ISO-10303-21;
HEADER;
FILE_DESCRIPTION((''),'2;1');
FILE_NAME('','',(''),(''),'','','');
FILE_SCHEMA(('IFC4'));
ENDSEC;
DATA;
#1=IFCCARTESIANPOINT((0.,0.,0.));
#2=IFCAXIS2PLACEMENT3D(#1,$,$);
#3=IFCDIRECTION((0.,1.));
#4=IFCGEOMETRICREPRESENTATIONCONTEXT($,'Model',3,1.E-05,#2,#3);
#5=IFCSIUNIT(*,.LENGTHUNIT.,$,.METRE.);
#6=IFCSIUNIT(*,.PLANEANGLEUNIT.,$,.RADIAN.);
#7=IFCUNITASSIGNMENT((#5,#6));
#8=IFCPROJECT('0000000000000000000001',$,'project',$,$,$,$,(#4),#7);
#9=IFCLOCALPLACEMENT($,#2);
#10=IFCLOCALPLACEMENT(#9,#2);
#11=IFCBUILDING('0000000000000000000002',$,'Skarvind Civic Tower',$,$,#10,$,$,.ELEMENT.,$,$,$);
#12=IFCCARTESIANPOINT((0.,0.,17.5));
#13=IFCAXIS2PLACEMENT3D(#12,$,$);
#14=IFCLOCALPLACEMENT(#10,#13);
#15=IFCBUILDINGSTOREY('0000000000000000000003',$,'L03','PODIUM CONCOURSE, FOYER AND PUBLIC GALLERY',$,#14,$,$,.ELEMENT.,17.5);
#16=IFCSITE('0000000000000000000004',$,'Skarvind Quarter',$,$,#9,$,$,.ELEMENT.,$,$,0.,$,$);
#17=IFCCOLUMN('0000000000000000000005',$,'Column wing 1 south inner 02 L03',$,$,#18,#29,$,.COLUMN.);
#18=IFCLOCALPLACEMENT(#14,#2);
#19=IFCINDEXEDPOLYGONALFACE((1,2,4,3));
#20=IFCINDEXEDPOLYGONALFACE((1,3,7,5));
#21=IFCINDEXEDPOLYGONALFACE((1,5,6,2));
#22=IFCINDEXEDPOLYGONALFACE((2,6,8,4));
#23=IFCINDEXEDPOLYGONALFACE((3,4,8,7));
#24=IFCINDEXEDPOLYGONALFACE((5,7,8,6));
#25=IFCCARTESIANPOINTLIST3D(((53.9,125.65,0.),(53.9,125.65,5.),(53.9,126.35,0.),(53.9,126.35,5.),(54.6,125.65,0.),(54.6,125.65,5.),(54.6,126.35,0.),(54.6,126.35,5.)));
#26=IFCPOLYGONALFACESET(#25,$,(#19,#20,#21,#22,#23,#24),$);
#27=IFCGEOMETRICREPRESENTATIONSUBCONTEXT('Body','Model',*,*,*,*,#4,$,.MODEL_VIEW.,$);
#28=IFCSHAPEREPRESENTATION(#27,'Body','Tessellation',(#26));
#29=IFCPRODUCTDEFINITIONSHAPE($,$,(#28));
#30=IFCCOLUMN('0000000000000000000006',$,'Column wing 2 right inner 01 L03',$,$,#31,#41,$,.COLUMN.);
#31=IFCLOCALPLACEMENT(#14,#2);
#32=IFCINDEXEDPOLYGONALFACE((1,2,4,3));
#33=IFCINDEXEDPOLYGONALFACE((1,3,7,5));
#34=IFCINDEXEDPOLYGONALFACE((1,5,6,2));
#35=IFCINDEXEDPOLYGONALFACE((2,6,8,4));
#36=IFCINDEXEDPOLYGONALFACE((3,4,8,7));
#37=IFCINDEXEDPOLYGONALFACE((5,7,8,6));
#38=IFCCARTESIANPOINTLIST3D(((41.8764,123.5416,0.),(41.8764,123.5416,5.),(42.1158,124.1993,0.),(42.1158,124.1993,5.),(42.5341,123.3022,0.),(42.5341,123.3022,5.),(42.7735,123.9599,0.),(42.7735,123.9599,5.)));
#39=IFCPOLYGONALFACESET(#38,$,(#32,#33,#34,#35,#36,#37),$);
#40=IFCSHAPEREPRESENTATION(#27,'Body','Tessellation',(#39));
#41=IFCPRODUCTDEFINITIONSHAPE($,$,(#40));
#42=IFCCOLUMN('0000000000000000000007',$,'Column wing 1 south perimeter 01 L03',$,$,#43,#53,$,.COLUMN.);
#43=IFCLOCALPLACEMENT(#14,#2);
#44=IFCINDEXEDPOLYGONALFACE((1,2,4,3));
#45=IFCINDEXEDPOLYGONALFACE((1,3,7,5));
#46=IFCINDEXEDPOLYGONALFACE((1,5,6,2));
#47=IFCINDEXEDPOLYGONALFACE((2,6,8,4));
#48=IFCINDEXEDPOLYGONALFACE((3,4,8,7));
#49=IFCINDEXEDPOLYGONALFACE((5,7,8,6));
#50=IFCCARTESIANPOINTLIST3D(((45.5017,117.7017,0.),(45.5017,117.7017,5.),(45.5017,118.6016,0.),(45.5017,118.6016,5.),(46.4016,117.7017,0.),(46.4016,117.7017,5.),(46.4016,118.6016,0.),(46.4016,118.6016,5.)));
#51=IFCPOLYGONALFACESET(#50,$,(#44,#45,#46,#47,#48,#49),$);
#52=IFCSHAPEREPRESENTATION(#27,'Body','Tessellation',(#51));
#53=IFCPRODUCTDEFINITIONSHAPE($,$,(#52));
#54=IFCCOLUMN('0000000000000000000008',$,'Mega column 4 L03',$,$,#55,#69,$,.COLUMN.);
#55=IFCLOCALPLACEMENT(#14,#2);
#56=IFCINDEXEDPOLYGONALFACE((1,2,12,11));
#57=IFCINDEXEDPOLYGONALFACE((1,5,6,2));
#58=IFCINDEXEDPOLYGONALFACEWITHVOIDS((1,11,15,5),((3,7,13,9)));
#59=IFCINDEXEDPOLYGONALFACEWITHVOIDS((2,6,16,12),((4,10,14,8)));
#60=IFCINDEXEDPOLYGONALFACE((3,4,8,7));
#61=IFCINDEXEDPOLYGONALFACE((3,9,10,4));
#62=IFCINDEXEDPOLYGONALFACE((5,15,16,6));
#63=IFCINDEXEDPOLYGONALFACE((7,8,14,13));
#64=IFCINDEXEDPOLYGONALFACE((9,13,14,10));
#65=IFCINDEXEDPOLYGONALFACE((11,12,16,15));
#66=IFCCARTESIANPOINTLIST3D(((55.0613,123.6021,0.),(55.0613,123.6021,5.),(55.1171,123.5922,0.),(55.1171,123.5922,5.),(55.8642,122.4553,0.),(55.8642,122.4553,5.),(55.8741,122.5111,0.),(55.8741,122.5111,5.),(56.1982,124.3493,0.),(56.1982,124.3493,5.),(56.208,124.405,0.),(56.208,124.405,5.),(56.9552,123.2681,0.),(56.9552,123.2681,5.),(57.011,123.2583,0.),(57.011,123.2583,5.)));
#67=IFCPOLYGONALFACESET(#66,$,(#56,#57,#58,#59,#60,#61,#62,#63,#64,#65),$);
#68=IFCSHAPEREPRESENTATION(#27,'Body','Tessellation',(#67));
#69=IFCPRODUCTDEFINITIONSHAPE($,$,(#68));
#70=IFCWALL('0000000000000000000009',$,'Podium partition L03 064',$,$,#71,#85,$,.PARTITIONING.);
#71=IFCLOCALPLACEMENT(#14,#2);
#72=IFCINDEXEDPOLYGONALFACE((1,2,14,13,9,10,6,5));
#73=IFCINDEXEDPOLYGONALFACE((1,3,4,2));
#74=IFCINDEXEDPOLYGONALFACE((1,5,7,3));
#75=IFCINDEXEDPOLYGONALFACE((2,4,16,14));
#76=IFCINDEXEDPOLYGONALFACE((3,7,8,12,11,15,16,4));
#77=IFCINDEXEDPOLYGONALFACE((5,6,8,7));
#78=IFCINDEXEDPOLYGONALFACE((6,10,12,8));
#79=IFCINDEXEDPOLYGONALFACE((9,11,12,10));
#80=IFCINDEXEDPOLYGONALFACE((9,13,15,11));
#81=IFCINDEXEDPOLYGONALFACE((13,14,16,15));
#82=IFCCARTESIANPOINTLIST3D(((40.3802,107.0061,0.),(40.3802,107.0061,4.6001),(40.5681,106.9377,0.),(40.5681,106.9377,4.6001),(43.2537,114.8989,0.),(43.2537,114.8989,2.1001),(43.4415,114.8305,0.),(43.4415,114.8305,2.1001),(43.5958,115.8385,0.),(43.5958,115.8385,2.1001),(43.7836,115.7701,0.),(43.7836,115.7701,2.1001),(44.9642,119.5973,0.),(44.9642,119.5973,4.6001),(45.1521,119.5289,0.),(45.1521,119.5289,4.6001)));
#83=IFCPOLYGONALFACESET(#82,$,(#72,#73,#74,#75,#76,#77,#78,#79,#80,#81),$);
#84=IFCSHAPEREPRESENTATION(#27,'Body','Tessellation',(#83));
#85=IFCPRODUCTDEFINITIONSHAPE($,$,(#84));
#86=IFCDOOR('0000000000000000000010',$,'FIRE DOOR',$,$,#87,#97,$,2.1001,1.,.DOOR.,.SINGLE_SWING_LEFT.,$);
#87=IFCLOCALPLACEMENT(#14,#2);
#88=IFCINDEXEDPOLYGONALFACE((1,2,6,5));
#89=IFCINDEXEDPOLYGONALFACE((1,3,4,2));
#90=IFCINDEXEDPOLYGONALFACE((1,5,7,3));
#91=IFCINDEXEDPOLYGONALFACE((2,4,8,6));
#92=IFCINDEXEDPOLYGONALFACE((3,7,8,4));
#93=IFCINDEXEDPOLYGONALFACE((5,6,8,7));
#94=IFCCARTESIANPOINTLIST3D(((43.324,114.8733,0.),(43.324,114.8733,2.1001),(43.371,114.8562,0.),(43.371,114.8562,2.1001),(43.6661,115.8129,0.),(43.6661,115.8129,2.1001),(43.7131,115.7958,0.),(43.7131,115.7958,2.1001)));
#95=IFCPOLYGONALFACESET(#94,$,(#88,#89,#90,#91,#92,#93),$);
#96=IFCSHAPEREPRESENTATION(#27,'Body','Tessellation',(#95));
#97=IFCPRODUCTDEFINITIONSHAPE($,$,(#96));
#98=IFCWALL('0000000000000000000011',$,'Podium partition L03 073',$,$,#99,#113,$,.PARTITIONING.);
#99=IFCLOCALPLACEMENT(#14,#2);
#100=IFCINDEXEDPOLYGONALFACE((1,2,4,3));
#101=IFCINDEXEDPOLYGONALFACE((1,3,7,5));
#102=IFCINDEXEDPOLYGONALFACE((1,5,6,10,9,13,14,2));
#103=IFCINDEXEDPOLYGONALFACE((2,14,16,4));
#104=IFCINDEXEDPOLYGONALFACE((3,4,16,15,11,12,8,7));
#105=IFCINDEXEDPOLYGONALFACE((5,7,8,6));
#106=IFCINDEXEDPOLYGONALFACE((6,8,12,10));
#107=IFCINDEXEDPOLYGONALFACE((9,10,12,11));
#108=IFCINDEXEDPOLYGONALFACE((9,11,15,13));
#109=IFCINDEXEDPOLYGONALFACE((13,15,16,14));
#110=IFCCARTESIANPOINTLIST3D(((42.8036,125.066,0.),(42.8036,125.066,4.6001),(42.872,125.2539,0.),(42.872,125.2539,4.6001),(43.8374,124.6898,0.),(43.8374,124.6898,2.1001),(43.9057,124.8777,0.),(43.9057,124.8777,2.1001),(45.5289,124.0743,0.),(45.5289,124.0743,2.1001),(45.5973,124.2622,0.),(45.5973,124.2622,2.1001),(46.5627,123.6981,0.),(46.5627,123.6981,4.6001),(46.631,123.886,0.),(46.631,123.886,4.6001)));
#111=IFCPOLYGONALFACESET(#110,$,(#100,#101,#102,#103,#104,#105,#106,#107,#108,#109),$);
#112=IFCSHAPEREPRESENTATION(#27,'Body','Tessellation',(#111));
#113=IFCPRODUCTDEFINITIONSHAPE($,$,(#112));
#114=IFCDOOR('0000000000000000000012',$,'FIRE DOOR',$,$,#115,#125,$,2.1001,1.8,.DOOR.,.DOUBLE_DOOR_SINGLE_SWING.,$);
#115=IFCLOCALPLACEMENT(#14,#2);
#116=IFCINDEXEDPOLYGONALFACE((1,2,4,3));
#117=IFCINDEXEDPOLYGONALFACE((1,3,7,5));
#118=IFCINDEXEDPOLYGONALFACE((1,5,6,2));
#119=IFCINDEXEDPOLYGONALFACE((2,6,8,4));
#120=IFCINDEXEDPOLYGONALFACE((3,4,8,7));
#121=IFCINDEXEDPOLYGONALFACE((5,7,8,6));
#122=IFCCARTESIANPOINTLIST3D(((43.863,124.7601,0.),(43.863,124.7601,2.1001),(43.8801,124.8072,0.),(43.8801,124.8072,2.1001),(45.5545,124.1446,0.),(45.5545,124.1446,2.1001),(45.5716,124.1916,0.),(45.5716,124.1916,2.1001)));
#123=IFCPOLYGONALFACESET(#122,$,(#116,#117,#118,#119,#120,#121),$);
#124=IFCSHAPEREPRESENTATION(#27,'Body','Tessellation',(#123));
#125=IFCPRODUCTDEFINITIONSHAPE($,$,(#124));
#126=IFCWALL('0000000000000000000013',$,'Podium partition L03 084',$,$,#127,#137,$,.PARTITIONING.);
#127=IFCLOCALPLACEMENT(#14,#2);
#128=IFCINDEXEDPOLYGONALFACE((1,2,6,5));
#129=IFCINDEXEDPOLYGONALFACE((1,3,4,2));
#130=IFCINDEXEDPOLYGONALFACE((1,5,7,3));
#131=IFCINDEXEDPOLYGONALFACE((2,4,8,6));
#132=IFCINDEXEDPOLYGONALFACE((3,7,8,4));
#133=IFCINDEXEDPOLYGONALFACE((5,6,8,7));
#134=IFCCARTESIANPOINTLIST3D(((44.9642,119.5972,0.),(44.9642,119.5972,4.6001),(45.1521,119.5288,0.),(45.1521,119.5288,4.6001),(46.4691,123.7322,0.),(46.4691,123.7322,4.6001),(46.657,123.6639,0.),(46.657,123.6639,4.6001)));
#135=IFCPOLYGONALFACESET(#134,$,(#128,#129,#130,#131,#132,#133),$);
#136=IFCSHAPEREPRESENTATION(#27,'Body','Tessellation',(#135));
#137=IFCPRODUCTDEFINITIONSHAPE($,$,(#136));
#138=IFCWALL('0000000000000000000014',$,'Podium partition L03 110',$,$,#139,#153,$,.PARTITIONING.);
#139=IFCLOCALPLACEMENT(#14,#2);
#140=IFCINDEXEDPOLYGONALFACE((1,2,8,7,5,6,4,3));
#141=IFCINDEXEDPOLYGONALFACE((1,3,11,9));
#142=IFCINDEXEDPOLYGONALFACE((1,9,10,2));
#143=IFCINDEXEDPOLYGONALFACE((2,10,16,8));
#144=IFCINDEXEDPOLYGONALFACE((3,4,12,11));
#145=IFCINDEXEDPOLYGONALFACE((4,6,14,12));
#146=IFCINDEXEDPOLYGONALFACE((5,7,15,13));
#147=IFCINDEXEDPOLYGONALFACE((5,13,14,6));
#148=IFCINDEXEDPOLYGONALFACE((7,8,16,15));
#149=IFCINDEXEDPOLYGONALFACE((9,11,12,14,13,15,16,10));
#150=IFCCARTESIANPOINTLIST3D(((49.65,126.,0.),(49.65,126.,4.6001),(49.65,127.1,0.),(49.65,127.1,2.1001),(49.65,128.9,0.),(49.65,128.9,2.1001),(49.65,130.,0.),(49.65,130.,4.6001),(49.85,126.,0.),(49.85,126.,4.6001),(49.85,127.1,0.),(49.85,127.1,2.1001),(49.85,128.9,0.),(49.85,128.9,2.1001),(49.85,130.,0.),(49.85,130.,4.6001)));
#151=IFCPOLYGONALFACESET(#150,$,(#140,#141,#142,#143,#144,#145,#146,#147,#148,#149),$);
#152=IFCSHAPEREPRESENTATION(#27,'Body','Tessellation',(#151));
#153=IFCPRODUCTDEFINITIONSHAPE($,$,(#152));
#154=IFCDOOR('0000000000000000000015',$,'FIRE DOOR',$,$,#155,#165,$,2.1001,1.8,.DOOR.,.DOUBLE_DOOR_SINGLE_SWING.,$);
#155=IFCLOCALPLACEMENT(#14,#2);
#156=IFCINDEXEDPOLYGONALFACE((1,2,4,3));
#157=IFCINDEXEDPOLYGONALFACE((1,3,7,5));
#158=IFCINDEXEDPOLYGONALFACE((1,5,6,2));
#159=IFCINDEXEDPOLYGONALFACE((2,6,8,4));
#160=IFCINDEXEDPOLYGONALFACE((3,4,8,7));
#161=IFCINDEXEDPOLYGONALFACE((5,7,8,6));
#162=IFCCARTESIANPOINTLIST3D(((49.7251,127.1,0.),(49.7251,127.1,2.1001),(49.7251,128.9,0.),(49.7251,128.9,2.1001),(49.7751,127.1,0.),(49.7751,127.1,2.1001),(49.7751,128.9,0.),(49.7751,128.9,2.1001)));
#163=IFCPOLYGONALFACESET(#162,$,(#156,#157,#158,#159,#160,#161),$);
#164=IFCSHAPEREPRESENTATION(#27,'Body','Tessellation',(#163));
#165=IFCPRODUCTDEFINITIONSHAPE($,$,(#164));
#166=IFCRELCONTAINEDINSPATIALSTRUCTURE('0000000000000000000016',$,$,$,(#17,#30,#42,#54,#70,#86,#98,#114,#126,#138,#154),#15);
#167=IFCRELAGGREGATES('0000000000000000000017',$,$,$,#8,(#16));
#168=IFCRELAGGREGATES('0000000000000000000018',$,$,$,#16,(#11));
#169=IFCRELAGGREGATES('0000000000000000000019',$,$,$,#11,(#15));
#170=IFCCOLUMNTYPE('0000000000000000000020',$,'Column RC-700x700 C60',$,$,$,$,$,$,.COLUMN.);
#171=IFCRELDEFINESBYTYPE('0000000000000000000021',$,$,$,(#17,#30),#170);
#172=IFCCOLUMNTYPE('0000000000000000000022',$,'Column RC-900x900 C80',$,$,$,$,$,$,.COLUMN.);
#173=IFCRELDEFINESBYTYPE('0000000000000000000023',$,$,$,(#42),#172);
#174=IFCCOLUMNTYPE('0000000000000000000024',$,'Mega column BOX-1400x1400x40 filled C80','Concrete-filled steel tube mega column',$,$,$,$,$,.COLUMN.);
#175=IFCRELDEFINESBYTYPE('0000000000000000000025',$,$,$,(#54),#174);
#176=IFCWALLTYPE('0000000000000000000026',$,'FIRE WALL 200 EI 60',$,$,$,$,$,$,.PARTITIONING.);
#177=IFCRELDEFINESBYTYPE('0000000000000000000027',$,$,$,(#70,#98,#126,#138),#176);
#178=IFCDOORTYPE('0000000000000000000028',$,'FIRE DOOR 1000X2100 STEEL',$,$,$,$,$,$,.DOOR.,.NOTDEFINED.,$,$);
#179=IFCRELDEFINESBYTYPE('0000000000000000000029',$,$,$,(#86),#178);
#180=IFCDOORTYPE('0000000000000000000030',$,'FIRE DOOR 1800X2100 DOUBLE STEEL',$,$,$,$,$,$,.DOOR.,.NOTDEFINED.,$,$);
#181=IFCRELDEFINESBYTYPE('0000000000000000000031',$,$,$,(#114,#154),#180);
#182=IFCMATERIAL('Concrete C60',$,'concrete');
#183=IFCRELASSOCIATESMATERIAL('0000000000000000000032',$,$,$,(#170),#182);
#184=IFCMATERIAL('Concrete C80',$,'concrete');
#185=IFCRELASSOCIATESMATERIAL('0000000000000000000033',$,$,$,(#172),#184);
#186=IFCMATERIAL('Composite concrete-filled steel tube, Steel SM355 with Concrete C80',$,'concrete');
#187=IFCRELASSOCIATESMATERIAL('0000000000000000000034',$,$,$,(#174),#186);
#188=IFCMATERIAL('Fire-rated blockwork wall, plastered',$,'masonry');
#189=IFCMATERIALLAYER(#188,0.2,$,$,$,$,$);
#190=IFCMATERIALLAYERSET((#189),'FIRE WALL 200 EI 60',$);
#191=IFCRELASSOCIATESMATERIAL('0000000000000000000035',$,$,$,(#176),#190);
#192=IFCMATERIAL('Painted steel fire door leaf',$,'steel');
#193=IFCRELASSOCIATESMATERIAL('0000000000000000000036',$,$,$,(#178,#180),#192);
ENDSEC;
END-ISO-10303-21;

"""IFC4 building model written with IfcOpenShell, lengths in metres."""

from ifc_helpers import new_model, si_unit, direction, frame, frame_2d, origin, origin_2d, place, context, subcontext, project, spatial, rectangle, hollow_rectangle, extrude, material, layer, layer_set, material_profile, profile_set, type_object, element, fill, save


model = new_model("IFC4")

# Units and contexts
model_context = context("Model", 3, precision=1e-05, world=origin(), true_north=direction((0.0, 1.0)))
body_context = subcontext(model_context, "Body", "Model", "MODEL_VIEW")
ifc_project = project(units=[si_unit("LENGTHUNIT", "METRE"), si_unit("PLANEANGLEUNIT", "RADIAN")], contexts=[model_context])

# Site, building, storey
site_placement = place(None, origin())
site = spatial("IfcSite", under=ifc_project, at=site_placement, Name="Skarvind Quarter", CompositionType="ELEMENT", RefElevation=0.0)
building_placement = place(site_placement, origin())
building = spatial("IfcBuilding", under=site, at=building_placement, Name="Skarvind Civic Tower", CompositionType="ELEMENT")
storey_placement = place(building_placement, frame((0.0, 0.0, 17.5)))
storey = spatial("IfcBuildingStorey", under=building, at=storey_placement, Name="L03", Description="PODIUM CONCOURSE, FOYER AND PUBLIC GALLERY", CompositionType="ELEMENT", Elevation=17.5)

# Columns
ifc_material_1 = material(Name="Concrete C60", Category="concrete")
ifc_material_profile_1 = material_profile(ifc_material_1, rectangle(XDim=0.7, YDim=0.7, at=origin_2d()), Name="RC-700x700")
ifc_profile_set_1 = profile_set([ifc_material_profile_1], Name="Concrete C60")
column_type_1 = type_object("IfcColumnType", Name="Column RC-700x700 C60", PredefinedType="COLUMN", material=ifc_profile_set_1)
for number, where, z_axis, x_axis, name in (
    (1, (54.25, 126.0, 0.0), (0.0, 0.0, 1.0), (1.0, 0.0, 0.0), "Column wing 1 south inner 02 L03"),
    (2, (42.325, 123.7507, 0.0), (0.0, 0.0, 1.0), (-0.34202, -0.939693, 0.0), "Column wing 2 right inner 01 L03"),
):
    element("IfcColumn", number, at=place(storey_placement, frame(where, z_axis=z_axis, x_axis=x_axis)), inside=storey, type_object=column_type_1, Name=name, PredefinedType="COLUMN", context=body_context, shape_type="SweptSolid", body=[
        extrude(rectangle(XDim=0.7, YDim=0.7, at=origin_2d()), origin(), (0.0, 0.0, 1.0), 5.0),
    ])
ifc_material_2 = material(Name="Concrete C80", Category="concrete")
ifc_material_profile_2 = material_profile(ifc_material_2, rectangle(XDim=0.8999, YDim=0.8999, at=origin_2d()), Name="RC-900x900")
ifc_profile_set_2 = profile_set([ifc_material_profile_2], Name="Concrete C80")
column_type_2 = type_object("IfcColumnType", Name="Column RC-900x900 C80", PredefinedType="COLUMN", material=ifc_profile_set_2)
column_1_placement = place(storey_placement, frame((45.9517, 118.1516, 0.0), z_axis=(0.0, 0.0, 1.0), x_axis=(1.0, 0.0, 0.0)))
element("IfcColumn", 3, at=column_1_placement, inside=storey, type_object=column_type_2, Name="Column wing 1 south perimeter 01 L03", PredefinedType="COLUMN", context=body_context, shape_type="SweptSolid", body=[
    extrude(rectangle(XDim=0.8999, YDim=0.8999, at=origin_2d()), origin(), (0.0, 0.0, 1.0), 5.0),
])
ifc_material_3 = material(Name="Composite concrete-filled steel tube, Steel SM355 with Concrete C80", Category="concrete")
ifc_material_profile_3 = material_profile(ifc_material_3, hollow_rectangle(XDim=1.3999, YDim=1.3999, WallThickness=0.04, at=origin_2d()), Name="BOX-1400x1400x40")
ifc_profile_set_3 = profile_set([ifc_material_profile_3], Name="Composite concrete-filled steel tube, Steel SM355 with Concrete C80")
column_type_3 = type_object("IfcColumnType", Name="Mega column BOX-1400x1400x40 filled C80", Description="Concrete-filled steel tube mega column", PredefinedType="COLUMN", material=ifc_profile_set_3)
column_2_placement = place(storey_placement, frame((56.0361, 123.4302, 0.0), z_axis=(0.0, 0.0, 1.0), x_axis=(0.573576, -0.819152, 0.0)))
element("IfcColumn", 4, at=column_2_placement, inside=storey, type_object=column_type_3, Name="Mega column 4 L03", PredefinedType="COLUMN", context=body_context, shape_type="SweptSolid", body=[
    extrude(hollow_rectangle(XDim=1.3999, YDim=1.3999, WallThickness=0.04, at=origin_2d()), origin(), (0.0, 0.0, 1.0), 5.0),
])

# Walls, openings, doors
ifc_material_4 = material(Name="Fire-rated blockwork wall, plastered", Category="masonry")
ifc_layer_1 = layer(ifc_material_4, 0.2)
ifc_layer_set_1 = layer_set([ifc_layer_1], Name="FIRE WALL 200 EI 60")
wall_type_1 = type_object("IfcWallType", Name="FIRE WALL 200 EI 60", PredefinedType="PARTITIONING", material=ifc_layer_set_1)
wall_1_placement = place(storey_placement, frame((45.0581, 119.563, 0.0), z_axis=(0.0, 0.0, 1.0), x_axis=(-0.3421, -0.939664, 0.0)))
wall_1 = element("IfcWall", 5, at=wall_1_placement, inside=storey, type_object=wall_type_1, Name="Podium partition L03 064", PredefinedType="PARTITIONING", context=body_context, shape_type="SweptSolid", body=[
    extrude(rectangle(XDim=13.3997, YDim=0.2, at=frame_2d((6.6997, 0.0))), origin(), (0.0, 0.0, 1.0), 4.6001),
])
opening_1_placement = place(wall_1_placement, frame((4.0, 0.0, 0.0)))
opening_1 = element("IfcOpeningElement", 6, at=opening_1_placement, cuts=wall_1, PredefinedType="OPENING", context=body_context, shape_type="SweptSolid", body=[
    extrude(rectangle(XDim=1.0, YDim=2.1001, at=frame_2d((0.5, 1.05))), frame((0.0, 0.1099, 0.0), z_axis=(0.0, -1.0, 0.0), x_axis=(1.0, 0.0, 0.0)), (0.0, 0.0, 1.0), 0.22),
])
ifc_material_5 = material(Name="Painted steel fire door leaf", Category="steel")
door_type_1 = type_object("IfcDoorType", Name="FIRE DOOR 1000X2100 STEEL", OperationType="NOTDEFINED", PredefinedType="DOOR", material=ifc_material_5)
door_1_placement = place(opening_1_placement, origin())
door_1 = element("IfcDoor", 7, at=door_1_placement, inside=storey, type_object=door_type_1, Name="FIRE DOOR", OperationType="SINGLE_SWING_LEFT", OverallHeight=2.1001, OverallWidth=1.0, PredefinedType="DOOR", context=body_context, shape_type="SweptSolid", body=[
    extrude(rectangle(XDim=1.0, YDim=2.1001, at=frame_2d((0.5, 1.05))), frame((0.0, 0.0249, 0.0), z_axis=(0.0, -1.0, 0.0), x_axis=(1.0, 0.0, 0.0)), (0.0, 0.0, 1.0), 0.05),
])
fill(opening_1, door_1)
wall_2_placement = place(storey_placement, frame((42.8379, 125.1599, 0.0), z_axis=(0.0, 0.0, 1.0), x_axis=(0.939713, -0.341964, 0.0)))
wall_2 = element("IfcWall", 8, at=wall_2_placement, inside=storey, type_object=wall_type_1, Name="Podium partition L03 073", PredefinedType="PARTITIONING", context=body_context, shape_type="SweptSolid", body=[
    extrude(rectangle(XDim=4.0002, YDim=0.2, at=frame_2d((2.0, 0.0))), origin(), (0.0, 0.0, 1.0), 4.6001),
])
opening_2_placement = place(wall_2_placement, frame((1.1001, 0.0, 0.0)))
opening_2 = element("IfcOpeningElement", 9, at=opening_2_placement, cuts=wall_2, PredefinedType="OPENING", context=body_context, shape_type="SweptSolid", body=[
    extrude(rectangle(XDim=1.8, YDim=2.1001, at=frame_2d((0.8999, 1.05))), frame((0.0, 0.1099, 0.0), z_axis=(0.0, -1.0, 0.0), x_axis=(1.0, 0.0, 0.0)), (0.0, 0.0, 1.0), 0.22),
])
door_type_2 = type_object("IfcDoorType", Name="FIRE DOOR 1800X2100 DOUBLE STEEL", OperationType="NOTDEFINED", PredefinedType="DOOR", material=ifc_material_5)
door_2_placement = place(opening_2_placement, origin())
door_2 = element("IfcDoor", 10, at=door_2_placement, inside=storey, type_object=door_type_2, Name="FIRE DOOR", OperationType="DOUBLE_DOOR_SINGLE_SWING", OverallHeight=2.1001, OverallWidth=1.8, PredefinedType="DOOR", context=body_context, shape_type="SweptSolid", body=[
    extrude(rectangle(XDim=1.8, YDim=2.1001, at=frame_2d((0.8999, 1.05))), frame((0.0, 0.0249, 0.0), z_axis=(0.0, -1.0, 0.0), x_axis=(1.0, 0.0, 0.0)), (0.0, 0.0, 1.0), 0.05),
])
fill(opening_2, door_2)

# Wall
wall_3_placement = place(storey_placement, frame((45.0581, 119.563, 0.0), z_axis=(0.0, 0.0, 1.0), x_axis=(0.341993, 0.939703, 0.0)))
element("IfcWall", 11, at=wall_3_placement, inside=storey, type_object=wall_type_1, Name="Podium partition L03 084", PredefinedType="PARTITIONING", context=body_context, shape_type="SweptSolid", body=[
    extrude(rectangle(XDim=4.4004, YDim=0.2, at=frame_2d((2.2002, 0.0))), origin(), (0.0, 0.0, 1.0), 4.6001),
])

# Wall, opening, door
wall_4_placement = place(storey_placement, frame((49.75, 126.0, 0.0), z_axis=(0.0, 0.0, 1.0), x_axis=(0.0, 1.0, 0.0)))
wall_4 = element("IfcWall", 12, at=wall_4_placement, inside=storey, type_object=wall_type_1, Name="Podium partition L03 110", PredefinedType="PARTITIONING", context=body_context, shape_type="SweptSolid", body=[
    extrude(rectangle(XDim=4.0, YDim=0.2, at=frame_2d((2.0, 0.0))), origin(), (0.0, 0.0, 1.0), 4.6001),
])
opening_3_placement = place(wall_4_placement, frame((1.1001, 0.0, 0.0)))
opening_3 = element("IfcOpeningElement", 13, at=opening_3_placement, cuts=wall_4, PredefinedType="OPENING", context=body_context, shape_type="SweptSolid", body=[
    extrude(rectangle(XDim=1.8, YDim=2.1001, at=frame_2d((0.8999, 1.05))), frame((0.0, 0.1099, 0.0), z_axis=(0.0, -1.0, 0.0), x_axis=(1.0, 0.0, 0.0)), (0.0, 0.0, 1.0), 0.22),
])
door_3_placement = place(opening_3_placement, origin())
door_3 = element("IfcDoor", 14, at=door_3_placement, inside=storey, type_object=door_type_2, Name="FIRE DOOR", OperationType="DOUBLE_DOOR_SINGLE_SWING", OverallHeight=2.1001, OverallWidth=1.8, PredefinedType="DOOR", context=body_context, shape_type="SweptSolid", body=[
    extrude(rectangle(XDim=1.8, YDim=2.1001, at=frame_2d((0.8999, 1.05))), frame((0.0, 0.0249, 0.0), z_axis=(0.0, -1.0, 0.0), x_axis=(1.0, 0.0, 0.0)), (0.0, 0.0, 1.0), 0.05),
])
fill(opening_3, door_3)

save(model, "model.ifc")
